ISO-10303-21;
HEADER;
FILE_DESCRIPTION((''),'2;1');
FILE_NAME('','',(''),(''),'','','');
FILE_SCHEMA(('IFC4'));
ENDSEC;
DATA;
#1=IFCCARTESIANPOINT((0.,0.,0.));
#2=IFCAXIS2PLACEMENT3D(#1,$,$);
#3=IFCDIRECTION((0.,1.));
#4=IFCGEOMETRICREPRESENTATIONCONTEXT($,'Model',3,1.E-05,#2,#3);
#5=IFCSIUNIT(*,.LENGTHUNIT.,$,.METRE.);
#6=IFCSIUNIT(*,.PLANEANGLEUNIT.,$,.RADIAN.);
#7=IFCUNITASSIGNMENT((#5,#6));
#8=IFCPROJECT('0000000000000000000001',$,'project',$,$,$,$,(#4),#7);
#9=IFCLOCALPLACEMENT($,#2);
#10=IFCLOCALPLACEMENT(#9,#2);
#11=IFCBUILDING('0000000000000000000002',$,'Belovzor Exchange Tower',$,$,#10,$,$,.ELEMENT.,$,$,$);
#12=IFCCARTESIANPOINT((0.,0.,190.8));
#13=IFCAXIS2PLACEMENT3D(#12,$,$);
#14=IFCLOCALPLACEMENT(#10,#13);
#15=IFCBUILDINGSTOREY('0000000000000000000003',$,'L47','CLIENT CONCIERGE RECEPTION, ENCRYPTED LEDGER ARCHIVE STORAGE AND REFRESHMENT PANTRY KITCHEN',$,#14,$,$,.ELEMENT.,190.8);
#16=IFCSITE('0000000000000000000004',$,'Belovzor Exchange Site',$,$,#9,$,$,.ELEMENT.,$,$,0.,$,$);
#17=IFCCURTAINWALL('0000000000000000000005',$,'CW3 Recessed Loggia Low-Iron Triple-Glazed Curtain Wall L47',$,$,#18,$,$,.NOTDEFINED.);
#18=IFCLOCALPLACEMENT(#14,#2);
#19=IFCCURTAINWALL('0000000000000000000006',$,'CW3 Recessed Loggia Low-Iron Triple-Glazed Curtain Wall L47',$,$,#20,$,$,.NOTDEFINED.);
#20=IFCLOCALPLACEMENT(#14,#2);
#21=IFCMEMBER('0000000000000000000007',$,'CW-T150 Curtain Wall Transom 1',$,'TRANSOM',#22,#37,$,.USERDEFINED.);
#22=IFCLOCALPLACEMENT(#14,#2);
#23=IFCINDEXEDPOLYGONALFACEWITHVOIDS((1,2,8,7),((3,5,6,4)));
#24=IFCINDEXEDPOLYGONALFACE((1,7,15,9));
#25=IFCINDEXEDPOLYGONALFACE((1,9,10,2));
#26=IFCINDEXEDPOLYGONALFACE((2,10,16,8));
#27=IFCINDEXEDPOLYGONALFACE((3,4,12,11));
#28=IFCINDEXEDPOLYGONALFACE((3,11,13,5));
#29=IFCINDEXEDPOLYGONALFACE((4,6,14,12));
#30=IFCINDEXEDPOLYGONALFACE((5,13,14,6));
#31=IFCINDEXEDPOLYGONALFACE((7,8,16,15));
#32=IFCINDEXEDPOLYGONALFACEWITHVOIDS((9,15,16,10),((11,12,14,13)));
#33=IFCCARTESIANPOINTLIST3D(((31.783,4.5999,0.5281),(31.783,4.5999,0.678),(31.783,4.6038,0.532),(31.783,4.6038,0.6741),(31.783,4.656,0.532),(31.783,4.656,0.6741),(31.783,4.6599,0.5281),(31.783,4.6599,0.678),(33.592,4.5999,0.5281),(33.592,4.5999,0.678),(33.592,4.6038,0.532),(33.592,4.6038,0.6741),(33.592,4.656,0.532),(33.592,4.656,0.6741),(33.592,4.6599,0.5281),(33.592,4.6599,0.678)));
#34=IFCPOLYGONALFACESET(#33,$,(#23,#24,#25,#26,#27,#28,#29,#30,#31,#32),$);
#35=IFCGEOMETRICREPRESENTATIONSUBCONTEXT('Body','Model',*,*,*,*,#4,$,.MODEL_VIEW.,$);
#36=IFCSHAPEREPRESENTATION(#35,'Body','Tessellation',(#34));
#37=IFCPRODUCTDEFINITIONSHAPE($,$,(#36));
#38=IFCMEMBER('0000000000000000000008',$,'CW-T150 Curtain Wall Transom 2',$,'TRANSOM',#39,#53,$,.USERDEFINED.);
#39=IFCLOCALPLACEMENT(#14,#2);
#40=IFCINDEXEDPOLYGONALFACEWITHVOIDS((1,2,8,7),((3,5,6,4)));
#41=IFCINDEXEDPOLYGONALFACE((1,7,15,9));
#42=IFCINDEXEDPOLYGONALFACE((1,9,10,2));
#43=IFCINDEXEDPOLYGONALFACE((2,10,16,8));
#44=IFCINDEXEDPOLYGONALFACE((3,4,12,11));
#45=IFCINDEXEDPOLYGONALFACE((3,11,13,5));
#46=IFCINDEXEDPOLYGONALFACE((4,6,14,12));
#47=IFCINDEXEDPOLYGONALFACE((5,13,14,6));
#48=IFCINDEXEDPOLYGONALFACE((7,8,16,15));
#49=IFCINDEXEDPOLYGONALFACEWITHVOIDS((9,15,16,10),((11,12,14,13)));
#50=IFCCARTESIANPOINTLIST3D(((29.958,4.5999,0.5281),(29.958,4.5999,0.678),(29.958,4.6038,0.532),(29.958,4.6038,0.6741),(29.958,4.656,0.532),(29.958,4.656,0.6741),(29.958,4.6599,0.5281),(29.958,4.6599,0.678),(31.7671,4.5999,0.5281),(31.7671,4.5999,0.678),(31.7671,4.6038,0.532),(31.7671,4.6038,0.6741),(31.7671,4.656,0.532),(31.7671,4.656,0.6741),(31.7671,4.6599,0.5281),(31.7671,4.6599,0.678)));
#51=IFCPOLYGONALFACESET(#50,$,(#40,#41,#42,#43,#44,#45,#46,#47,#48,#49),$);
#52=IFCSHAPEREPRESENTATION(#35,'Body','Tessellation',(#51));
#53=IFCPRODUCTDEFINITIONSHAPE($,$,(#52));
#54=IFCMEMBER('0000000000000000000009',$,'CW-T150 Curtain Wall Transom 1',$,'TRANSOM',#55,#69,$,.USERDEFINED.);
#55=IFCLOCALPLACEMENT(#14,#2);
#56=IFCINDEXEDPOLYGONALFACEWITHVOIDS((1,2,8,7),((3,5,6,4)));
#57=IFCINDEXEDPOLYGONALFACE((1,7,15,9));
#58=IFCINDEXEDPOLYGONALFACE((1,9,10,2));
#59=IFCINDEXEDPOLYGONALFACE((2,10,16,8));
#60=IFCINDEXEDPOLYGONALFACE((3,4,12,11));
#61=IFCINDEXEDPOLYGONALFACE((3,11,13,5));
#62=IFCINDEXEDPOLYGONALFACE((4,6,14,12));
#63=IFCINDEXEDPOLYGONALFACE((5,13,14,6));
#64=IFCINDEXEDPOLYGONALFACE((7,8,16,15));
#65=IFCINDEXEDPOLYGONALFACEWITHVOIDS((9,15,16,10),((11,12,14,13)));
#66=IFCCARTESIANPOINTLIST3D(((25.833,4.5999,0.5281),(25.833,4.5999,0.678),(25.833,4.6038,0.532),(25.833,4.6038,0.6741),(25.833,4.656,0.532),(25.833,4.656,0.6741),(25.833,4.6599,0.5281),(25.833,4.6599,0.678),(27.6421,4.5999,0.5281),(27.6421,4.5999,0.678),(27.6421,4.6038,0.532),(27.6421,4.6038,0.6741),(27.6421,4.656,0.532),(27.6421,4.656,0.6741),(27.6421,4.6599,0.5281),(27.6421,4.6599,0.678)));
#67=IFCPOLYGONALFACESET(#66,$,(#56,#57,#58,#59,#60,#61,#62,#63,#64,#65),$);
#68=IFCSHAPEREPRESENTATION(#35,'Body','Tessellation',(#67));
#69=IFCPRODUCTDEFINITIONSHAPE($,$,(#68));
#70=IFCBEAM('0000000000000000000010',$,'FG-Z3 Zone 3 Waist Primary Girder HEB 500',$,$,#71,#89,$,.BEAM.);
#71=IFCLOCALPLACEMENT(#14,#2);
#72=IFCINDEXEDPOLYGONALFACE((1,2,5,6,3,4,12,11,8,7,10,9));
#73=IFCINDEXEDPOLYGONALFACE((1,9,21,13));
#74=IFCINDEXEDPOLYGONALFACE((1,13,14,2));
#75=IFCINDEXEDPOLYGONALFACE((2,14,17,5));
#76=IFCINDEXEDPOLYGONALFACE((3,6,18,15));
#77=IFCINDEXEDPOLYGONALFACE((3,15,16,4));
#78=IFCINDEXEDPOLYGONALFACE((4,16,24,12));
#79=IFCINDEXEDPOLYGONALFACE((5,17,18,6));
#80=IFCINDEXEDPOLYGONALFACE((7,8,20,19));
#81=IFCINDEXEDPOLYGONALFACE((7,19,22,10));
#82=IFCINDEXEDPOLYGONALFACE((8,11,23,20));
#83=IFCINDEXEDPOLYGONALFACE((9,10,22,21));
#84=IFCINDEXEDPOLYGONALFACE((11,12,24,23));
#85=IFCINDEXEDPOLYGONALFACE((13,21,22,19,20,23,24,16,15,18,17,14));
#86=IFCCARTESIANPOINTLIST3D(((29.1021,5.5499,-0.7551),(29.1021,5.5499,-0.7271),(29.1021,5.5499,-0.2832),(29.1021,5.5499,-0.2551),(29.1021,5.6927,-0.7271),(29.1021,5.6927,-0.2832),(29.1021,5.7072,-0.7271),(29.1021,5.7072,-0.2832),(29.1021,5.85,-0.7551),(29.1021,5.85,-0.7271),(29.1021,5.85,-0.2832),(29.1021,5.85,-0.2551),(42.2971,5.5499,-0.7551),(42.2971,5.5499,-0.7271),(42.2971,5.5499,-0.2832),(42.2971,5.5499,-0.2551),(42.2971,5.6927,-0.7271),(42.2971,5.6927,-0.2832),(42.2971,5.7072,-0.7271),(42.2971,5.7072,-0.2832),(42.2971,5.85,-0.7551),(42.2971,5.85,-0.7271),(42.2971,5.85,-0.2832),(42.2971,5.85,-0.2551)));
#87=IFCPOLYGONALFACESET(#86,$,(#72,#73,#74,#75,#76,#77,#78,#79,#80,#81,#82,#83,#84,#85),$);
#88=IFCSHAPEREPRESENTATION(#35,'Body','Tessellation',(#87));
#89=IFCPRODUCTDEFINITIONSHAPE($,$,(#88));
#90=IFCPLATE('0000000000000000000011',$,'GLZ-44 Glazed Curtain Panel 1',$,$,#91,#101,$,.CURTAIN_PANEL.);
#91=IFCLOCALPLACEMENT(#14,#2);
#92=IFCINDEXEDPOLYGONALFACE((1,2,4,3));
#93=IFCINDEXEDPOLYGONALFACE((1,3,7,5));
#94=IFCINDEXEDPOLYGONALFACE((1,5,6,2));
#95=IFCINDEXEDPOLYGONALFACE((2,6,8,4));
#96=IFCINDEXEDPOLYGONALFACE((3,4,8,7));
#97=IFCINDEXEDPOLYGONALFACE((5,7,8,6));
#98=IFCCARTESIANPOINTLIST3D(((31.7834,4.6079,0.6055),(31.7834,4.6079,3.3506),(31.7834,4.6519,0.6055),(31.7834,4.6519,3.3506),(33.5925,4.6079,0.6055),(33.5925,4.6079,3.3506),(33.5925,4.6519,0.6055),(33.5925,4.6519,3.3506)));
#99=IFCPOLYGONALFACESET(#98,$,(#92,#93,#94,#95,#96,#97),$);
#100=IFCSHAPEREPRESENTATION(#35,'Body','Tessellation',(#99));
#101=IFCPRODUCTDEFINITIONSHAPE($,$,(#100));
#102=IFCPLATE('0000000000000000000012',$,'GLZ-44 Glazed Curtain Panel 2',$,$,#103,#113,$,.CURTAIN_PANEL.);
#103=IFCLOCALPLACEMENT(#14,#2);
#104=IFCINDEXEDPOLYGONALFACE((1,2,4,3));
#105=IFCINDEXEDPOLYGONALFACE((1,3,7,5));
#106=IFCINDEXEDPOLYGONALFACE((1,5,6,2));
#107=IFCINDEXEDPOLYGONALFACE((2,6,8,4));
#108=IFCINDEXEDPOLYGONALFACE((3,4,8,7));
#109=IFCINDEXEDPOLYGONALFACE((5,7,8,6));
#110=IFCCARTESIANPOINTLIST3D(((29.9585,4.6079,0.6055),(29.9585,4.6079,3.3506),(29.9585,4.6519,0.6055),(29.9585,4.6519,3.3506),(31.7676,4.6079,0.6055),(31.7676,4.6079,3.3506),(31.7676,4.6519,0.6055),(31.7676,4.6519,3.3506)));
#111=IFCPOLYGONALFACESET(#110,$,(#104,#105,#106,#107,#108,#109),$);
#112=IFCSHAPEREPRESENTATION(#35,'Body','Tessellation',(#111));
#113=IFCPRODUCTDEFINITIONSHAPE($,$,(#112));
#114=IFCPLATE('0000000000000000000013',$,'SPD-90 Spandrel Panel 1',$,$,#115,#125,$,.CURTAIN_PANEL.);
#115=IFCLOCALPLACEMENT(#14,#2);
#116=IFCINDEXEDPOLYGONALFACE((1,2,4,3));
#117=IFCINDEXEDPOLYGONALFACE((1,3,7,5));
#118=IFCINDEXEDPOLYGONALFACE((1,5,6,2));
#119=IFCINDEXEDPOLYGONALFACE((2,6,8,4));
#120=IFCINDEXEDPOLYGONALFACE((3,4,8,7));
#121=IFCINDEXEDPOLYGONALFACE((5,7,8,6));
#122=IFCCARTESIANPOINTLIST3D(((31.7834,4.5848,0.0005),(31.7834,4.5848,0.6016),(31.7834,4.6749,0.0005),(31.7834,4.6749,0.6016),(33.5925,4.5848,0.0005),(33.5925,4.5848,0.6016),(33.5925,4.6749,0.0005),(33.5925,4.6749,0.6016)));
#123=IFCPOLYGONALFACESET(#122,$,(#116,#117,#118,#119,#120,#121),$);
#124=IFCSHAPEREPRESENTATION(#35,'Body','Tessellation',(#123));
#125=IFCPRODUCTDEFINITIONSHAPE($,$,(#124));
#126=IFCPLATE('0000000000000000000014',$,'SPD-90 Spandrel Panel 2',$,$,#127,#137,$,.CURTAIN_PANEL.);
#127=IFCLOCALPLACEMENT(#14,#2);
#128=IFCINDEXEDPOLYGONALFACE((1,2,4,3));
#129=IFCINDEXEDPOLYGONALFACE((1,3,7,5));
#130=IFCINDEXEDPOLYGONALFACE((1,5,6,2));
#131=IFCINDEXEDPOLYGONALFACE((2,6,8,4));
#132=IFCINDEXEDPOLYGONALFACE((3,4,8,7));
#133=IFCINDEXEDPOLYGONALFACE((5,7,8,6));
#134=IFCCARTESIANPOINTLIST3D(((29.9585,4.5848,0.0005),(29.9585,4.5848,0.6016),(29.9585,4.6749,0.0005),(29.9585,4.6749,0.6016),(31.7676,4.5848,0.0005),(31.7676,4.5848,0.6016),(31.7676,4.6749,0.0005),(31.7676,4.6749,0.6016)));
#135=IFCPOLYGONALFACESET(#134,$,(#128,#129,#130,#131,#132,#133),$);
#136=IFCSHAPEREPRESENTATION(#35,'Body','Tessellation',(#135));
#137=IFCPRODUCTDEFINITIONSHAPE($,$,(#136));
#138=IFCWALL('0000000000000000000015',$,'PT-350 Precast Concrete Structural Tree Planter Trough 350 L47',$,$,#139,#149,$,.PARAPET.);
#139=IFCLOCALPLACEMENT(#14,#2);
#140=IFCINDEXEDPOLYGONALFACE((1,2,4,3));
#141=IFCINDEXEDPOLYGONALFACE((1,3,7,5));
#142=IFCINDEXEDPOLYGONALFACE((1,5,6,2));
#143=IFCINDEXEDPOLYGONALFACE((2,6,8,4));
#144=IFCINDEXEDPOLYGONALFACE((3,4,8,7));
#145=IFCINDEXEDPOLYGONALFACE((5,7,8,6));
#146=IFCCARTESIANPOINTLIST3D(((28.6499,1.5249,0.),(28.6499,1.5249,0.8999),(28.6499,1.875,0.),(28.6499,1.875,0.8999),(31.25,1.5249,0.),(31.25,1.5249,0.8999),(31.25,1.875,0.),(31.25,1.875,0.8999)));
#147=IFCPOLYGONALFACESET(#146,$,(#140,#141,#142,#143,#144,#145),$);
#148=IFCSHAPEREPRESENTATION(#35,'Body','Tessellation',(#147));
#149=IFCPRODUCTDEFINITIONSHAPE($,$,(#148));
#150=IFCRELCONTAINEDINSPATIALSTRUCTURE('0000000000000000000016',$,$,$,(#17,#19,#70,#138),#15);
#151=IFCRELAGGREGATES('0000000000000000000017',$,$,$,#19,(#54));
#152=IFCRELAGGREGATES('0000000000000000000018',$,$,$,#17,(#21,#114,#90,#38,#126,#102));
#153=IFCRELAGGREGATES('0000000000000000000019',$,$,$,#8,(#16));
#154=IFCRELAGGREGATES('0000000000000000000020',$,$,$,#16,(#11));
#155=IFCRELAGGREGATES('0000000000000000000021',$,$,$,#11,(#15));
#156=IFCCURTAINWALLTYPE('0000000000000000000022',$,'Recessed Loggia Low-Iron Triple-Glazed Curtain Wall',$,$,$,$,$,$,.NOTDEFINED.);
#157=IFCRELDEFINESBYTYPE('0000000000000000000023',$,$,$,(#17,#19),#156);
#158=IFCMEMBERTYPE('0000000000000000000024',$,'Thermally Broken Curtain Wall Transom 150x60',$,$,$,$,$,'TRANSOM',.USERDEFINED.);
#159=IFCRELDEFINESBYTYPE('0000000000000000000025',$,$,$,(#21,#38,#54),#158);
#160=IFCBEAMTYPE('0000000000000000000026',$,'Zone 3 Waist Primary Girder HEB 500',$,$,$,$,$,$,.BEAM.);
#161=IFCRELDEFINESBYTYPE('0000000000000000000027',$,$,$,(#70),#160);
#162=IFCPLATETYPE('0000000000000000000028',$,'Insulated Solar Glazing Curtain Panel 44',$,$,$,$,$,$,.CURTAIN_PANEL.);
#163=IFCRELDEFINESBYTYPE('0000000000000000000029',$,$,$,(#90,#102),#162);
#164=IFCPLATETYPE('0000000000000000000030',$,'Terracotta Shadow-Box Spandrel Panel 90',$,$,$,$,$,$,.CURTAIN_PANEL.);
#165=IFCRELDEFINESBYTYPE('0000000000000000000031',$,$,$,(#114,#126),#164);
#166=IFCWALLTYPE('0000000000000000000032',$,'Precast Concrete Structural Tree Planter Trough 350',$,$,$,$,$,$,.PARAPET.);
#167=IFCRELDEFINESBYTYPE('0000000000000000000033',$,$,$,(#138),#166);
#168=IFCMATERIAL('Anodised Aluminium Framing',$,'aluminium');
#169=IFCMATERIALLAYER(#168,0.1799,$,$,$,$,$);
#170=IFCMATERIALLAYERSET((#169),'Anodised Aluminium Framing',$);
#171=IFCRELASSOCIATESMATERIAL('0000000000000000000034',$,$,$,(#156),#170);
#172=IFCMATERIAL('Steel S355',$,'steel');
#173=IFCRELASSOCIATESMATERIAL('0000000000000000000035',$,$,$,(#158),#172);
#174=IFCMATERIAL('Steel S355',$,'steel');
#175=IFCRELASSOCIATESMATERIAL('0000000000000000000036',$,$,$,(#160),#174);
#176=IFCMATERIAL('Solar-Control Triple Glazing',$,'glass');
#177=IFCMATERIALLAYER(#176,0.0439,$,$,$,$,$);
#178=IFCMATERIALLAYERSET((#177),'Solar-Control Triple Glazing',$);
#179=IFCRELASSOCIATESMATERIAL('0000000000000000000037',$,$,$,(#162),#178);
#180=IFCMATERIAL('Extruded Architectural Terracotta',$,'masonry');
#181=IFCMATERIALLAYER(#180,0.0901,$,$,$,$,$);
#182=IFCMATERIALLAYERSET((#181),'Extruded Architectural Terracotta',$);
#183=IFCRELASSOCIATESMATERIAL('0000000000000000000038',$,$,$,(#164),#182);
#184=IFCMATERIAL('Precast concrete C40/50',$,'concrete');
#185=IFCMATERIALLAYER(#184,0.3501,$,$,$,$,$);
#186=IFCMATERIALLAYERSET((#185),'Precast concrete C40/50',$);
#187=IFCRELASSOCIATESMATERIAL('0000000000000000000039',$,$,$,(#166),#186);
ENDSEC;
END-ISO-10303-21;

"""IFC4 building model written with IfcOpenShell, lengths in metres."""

from ifc_helpers import new_model, si_unit, direction, frame, frame_2d, origin, origin_2d, place, context, subcontext, project, spatial, rectangle, hollow_rectangle, i_section, extrude, material, layer, layer_set, material_profile, profile_set, type_object, element, aggregate, save


model = new_model("IFC4")

# Units and contexts
model_context = context("Model", 3, precision=1e-05, world=origin(), true_north=direction((0.0, 1.0)))
body_context = subcontext(model_context, "Body", "Model", "MODEL_VIEW")
ifc_project = project(units=[si_unit("LENGTHUNIT", "METRE"), si_unit("PLANEANGLEUNIT", "RADIAN")], contexts=[model_context])

# Site, building, storey
site_placement = place(None, origin())
site = spatial("IfcSite", under=ifc_project, at=site_placement, Name="Belovzor Exchange Site", CompositionType="ELEMENT", RefElevation=0.0)
building_placement = place(site_placement, origin())
building = spatial("IfcBuilding", under=site, at=building_placement, Name="Belovzor Exchange Tower", CompositionType="ELEMENT")
storey_placement = place(building_placement, frame((0.0, 0.0, 190.8)))
storey = spatial("IfcBuildingStorey", under=building, at=storey_placement, Name="L47", Description="CLIENT CONCIERGE RECEPTION, ENCRYPTED LEDGER ARCHIVE STORAGE AND REFRESHMENT PANTRY KITCHEN", CompositionType="ELEMENT", Elevation=190.8)

# Curtain wall
ifc_material_1 = material(Name="Anodised Aluminium Framing", Category="aluminium")
ifc_layer_1 = layer(ifc_material_1, 0.1799)
ifc_layer_set_1 = layer_set([ifc_layer_1], Name="Anodised Aluminium Framing")
curtain_wall_type = type_object("IfcCurtainWallType", Name="Recessed Loggia Low-Iron Triple-Glazed Curtain Wall", PredefinedType="NOTDEFINED", material=ifc_layer_set_1)
curtain_wall_1_placement = place(storey_placement, origin())
curtain_wall_1 = element("IfcCurtainWall", 1, at=curtain_wall_1_placement, inside=storey, type_object=curtain_wall_type, Name="CW3 Recessed Loggia Low-Iron Triple-Glazed Curtain Wall L47", PredefinedType="NOTDEFINED")

# Curtain wall
curtain_wall_2_placement = place(storey_placement, origin())
curtain_wall_2 = element("IfcCurtainWall", 2, at=curtain_wall_2_placement, inside=storey, type_object=curtain_wall_type, Name="CW3 Recessed Loggia Low-Iron Triple-Glazed Curtain Wall L47", PredefinedType="NOTDEFINED")

# Members
ifc_material_2 = material(Name="Steel S355", Category="steel")
ifc_material_profile_1 = material_profile(ifc_material_2, hollow_rectangle(XDim=0.0601, YDim=0.1499, WallThickness=0.0039, at=origin_2d()))
ifc_profile_set_1 = profile_set([ifc_material_profile_1], Name="Steel S355")
member_type_1 = type_object("IfcMemberType", Name="Thermally Broken Curtain Wall Transom 150x60", ElementType="TRANSOM", PredefinedType="USERDEFINED", material=ifc_profile_set_1)
member_1_placement = place(storey_placement, frame((33.592, 4.6299, 0.603), z_axis=(-1.0, 0.0, 0.0), x_axis=(0.0, -1.0, 0.0)))
member_1 = element("IfcMember", 3, at=member_1_placement, type_object=member_type_1, Name="CW-T150 Curtain Wall Transom 1", ObjectType="TRANSOM", PredefinedType="USERDEFINED", context=body_context, shape_type="SweptSolid", body=[
    extrude(hollow_rectangle(XDim=0.0601, YDim=0.1499, WallThickness=0.0039, at=origin_2d()), origin(), (0.0, 0.0, 1.0), 1.8091),
])
member_2_placement = place(storey_placement, frame((31.7671, 4.6299, 0.603), z_axis=(-1.0, 0.0, 0.0), x_axis=(0.0, -1.0, 0.0)))
member_2 = element("IfcMember", 4, at=member_2_placement, type_object=member_type_1, Name="CW-T150 Curtain Wall Transom 2", ObjectType="TRANSOM", PredefinedType="USERDEFINED", context=body_context, shape_type="SweptSolid", body=[
    extrude(hollow_rectangle(XDim=0.0601, YDim=0.1499, WallThickness=0.0039, at=origin_2d()), origin(), (0.0, 0.0, 1.0), 1.8091),
])
member_3_placement = place(storey_placement, frame((27.6421, 4.6299, 0.603), z_axis=(-1.0, 0.0, 0.0), x_axis=(0.0, -1.0, 0.0)))
member_3 = element("IfcMember", 5, at=member_3_placement, type_object=member_type_1, Name="CW-T150 Curtain Wall Transom 1", ObjectType="TRANSOM", PredefinedType="USERDEFINED", context=body_context, shape_type="SweptSolid", body=[
    extrude(hollow_rectangle(XDim=0.0601, YDim=0.1499, WallThickness=0.0039, at=origin_2d()), origin(), (0.0, 0.0, 1.0), 1.8091),
])
aggregate(curtain_wall_2, [member_3])

# Beam
ifc_material_3 = material(Name="Steel S355", Category="steel")
ifc_material_profile_2 = material_profile(ifc_material_3, i_section(OverallWidth=0.3, OverallDepth=0.5, WebThickness=0.0144, FlangeThickness=0.0281, at=origin_2d()))
ifc_profile_set_2 = profile_set([ifc_material_profile_2], Name="Steel S355")
beam_type_1 = type_object("IfcBeamType", Name="Zone 3 Waist Primary Girder HEB 500", PredefinedType="BEAM", material=ifc_profile_set_2)
beam_1_placement = place(storey_placement, frame((29.1021, 5.7, -0.5051), z_axis=(1.0, 0.0, 0.0), x_axis=(0.0, 1.0, 0.0)))
element("IfcBeam", 6, at=beam_1_placement, inside=storey, type_object=beam_type_1, Name="FG-Z3 Zone 3 Waist Primary Girder HEB 500", PredefinedType="BEAM", context=body_context, shape_type="SweptSolid", body=[
    extrude(i_section(OverallWidth=0.3, OverallDepth=0.5, WebThickness=0.0144, FlangeThickness=0.0281, at=origin_2d()), origin(), (0.0, 0.0, 1.0), 13.1951),
])

# Plates
ifc_material_4 = material(Name="Solar-Control Triple Glazing", Category="glass")
ifc_layer_2 = layer(ifc_material_4, 0.0439)
ifc_layer_set_2 = layer_set([ifc_layer_2], Name="Solar-Control Triple Glazing")
plate_type_1 = type_object("IfcPlateType", Name="Insulated Solar Glazing Curtain Panel 44", PredefinedType="CURTAIN_PANEL", material=ifc_layer_set_2)
plate_1_placement = place(storey_placement, frame((32.688, 4.6299, 0.6055), z_axis=(0.0, 0.0, 1.0), x_axis=(-1.0, 0.0, 0.0)))
plate_1 = element("IfcPlate", 7, at=plate_1_placement, type_object=plate_type_1, Name="GLZ-44 Glazed Curtain Panel 1", PredefinedType="CURTAIN_PANEL", context=body_context, shape_type="SweptSolid", body=[
    extrude(rectangle(XDim=1.8091, YDim=0.0439, at=origin_2d()), origin(), (0.0, 0.0, 1.0), 2.7451),
])
plate_2_placement = place(storey_placement, frame((30.863, 4.6299, 0.6055), z_axis=(0.0, 0.0, 1.0), x_axis=(-1.0, 0.0, 0.0)))
plate_2 = element("IfcPlate", 8, at=plate_2_placement, type_object=plate_type_1, Name="GLZ-44 Glazed Curtain Panel 2", PredefinedType="CURTAIN_PANEL", context=body_context, shape_type="SweptSolid", body=[
    extrude(rectangle(XDim=1.8091, YDim=0.0439, at=origin_2d()), origin(), (0.0, 0.0, 1.0), 2.7451),
])
ifc_material_5 = material(Name="Extruded Architectural Terracotta", Category="masonry")
ifc_layer_3 = layer(ifc_material_5, 0.0901)
ifc_layer_set_3 = layer_set([ifc_layer_3], Name="Extruded Architectural Terracotta")
plate_type_2 = type_object("IfcPlateType", Name="Terracotta Shadow-Box Spandrel Panel 90", PredefinedType="CURTAIN_PANEL", material=ifc_layer_set_3)
plate_3_placement = place(storey_placement, frame((32.688, 4.6299, 0.0005), z_axis=(0.0, 0.0, 1.0), x_axis=(-1.0, 0.0, 0.0)))
plate_3 = element("IfcPlate", 9, at=plate_3_placement, type_object=plate_type_2, Name="SPD-90 Spandrel Panel 1", PredefinedType="CURTAIN_PANEL", context=body_context, shape_type="SweptSolid", body=[
    extrude(rectangle(XDim=1.8091, YDim=0.0901, at=origin_2d()), origin(), (0.0, 0.0, 1.0), 0.6011),
])
plate_4_placement = place(storey_placement, frame((30.863, 4.6299, 0.0005), z_axis=(0.0, 0.0, 1.0), x_axis=(-1.0, 0.0, 0.0)))
plate_4 = element("IfcPlate", 10, at=plate_4_placement, type_object=plate_type_2, Name="SPD-90 Spandrel Panel 2", PredefinedType="CURTAIN_PANEL", context=body_context, shape_type="SweptSolid", body=[
    extrude(rectangle(XDim=1.8091, YDim=0.0901, at=origin_2d()), origin(), (0.0, 0.0, 1.0), 0.6011),
])
aggregate(curtain_wall_1, [member_1, plate_3, plate_1, member_2, plate_4, plate_2])

# Wall
ifc_material_6 = material(Name="Precast concrete C40/50", Category="concrete")
ifc_layer_4 = layer(ifc_material_6, 0.3501)
ifc_layer_set_4 = layer_set([ifc_layer_4], Name="Precast concrete C40/50")
wall_type = type_object("IfcWallType", Name="Precast Concrete Structural Tree Planter Trough 350", PredefinedType="PARAPET", material=ifc_layer_set_4)
wall_placement = place(storey_placement, frame((28.6499, 1.7, 0.0), z_axis=(0.0, 0.0, 1.0), x_axis=(1.0, 0.0, 0.0)))
element("IfcWall", 11, at=wall_placement, inside=storey, type_object=wall_type, Name="PT-350 Precast Concrete Structural Tree Planter Trough 350 L47", PredefinedType="PARAPET", context=body_context, shape_type="SweptSolid", body=[
    extrude(rectangle(XDim=2.6001, YDim=0.3501, at=frame_2d((1.3, 0.0))), origin(), (0.0, 0.0, 1.0), 0.8999),
])

save(model, "model.ifc")
